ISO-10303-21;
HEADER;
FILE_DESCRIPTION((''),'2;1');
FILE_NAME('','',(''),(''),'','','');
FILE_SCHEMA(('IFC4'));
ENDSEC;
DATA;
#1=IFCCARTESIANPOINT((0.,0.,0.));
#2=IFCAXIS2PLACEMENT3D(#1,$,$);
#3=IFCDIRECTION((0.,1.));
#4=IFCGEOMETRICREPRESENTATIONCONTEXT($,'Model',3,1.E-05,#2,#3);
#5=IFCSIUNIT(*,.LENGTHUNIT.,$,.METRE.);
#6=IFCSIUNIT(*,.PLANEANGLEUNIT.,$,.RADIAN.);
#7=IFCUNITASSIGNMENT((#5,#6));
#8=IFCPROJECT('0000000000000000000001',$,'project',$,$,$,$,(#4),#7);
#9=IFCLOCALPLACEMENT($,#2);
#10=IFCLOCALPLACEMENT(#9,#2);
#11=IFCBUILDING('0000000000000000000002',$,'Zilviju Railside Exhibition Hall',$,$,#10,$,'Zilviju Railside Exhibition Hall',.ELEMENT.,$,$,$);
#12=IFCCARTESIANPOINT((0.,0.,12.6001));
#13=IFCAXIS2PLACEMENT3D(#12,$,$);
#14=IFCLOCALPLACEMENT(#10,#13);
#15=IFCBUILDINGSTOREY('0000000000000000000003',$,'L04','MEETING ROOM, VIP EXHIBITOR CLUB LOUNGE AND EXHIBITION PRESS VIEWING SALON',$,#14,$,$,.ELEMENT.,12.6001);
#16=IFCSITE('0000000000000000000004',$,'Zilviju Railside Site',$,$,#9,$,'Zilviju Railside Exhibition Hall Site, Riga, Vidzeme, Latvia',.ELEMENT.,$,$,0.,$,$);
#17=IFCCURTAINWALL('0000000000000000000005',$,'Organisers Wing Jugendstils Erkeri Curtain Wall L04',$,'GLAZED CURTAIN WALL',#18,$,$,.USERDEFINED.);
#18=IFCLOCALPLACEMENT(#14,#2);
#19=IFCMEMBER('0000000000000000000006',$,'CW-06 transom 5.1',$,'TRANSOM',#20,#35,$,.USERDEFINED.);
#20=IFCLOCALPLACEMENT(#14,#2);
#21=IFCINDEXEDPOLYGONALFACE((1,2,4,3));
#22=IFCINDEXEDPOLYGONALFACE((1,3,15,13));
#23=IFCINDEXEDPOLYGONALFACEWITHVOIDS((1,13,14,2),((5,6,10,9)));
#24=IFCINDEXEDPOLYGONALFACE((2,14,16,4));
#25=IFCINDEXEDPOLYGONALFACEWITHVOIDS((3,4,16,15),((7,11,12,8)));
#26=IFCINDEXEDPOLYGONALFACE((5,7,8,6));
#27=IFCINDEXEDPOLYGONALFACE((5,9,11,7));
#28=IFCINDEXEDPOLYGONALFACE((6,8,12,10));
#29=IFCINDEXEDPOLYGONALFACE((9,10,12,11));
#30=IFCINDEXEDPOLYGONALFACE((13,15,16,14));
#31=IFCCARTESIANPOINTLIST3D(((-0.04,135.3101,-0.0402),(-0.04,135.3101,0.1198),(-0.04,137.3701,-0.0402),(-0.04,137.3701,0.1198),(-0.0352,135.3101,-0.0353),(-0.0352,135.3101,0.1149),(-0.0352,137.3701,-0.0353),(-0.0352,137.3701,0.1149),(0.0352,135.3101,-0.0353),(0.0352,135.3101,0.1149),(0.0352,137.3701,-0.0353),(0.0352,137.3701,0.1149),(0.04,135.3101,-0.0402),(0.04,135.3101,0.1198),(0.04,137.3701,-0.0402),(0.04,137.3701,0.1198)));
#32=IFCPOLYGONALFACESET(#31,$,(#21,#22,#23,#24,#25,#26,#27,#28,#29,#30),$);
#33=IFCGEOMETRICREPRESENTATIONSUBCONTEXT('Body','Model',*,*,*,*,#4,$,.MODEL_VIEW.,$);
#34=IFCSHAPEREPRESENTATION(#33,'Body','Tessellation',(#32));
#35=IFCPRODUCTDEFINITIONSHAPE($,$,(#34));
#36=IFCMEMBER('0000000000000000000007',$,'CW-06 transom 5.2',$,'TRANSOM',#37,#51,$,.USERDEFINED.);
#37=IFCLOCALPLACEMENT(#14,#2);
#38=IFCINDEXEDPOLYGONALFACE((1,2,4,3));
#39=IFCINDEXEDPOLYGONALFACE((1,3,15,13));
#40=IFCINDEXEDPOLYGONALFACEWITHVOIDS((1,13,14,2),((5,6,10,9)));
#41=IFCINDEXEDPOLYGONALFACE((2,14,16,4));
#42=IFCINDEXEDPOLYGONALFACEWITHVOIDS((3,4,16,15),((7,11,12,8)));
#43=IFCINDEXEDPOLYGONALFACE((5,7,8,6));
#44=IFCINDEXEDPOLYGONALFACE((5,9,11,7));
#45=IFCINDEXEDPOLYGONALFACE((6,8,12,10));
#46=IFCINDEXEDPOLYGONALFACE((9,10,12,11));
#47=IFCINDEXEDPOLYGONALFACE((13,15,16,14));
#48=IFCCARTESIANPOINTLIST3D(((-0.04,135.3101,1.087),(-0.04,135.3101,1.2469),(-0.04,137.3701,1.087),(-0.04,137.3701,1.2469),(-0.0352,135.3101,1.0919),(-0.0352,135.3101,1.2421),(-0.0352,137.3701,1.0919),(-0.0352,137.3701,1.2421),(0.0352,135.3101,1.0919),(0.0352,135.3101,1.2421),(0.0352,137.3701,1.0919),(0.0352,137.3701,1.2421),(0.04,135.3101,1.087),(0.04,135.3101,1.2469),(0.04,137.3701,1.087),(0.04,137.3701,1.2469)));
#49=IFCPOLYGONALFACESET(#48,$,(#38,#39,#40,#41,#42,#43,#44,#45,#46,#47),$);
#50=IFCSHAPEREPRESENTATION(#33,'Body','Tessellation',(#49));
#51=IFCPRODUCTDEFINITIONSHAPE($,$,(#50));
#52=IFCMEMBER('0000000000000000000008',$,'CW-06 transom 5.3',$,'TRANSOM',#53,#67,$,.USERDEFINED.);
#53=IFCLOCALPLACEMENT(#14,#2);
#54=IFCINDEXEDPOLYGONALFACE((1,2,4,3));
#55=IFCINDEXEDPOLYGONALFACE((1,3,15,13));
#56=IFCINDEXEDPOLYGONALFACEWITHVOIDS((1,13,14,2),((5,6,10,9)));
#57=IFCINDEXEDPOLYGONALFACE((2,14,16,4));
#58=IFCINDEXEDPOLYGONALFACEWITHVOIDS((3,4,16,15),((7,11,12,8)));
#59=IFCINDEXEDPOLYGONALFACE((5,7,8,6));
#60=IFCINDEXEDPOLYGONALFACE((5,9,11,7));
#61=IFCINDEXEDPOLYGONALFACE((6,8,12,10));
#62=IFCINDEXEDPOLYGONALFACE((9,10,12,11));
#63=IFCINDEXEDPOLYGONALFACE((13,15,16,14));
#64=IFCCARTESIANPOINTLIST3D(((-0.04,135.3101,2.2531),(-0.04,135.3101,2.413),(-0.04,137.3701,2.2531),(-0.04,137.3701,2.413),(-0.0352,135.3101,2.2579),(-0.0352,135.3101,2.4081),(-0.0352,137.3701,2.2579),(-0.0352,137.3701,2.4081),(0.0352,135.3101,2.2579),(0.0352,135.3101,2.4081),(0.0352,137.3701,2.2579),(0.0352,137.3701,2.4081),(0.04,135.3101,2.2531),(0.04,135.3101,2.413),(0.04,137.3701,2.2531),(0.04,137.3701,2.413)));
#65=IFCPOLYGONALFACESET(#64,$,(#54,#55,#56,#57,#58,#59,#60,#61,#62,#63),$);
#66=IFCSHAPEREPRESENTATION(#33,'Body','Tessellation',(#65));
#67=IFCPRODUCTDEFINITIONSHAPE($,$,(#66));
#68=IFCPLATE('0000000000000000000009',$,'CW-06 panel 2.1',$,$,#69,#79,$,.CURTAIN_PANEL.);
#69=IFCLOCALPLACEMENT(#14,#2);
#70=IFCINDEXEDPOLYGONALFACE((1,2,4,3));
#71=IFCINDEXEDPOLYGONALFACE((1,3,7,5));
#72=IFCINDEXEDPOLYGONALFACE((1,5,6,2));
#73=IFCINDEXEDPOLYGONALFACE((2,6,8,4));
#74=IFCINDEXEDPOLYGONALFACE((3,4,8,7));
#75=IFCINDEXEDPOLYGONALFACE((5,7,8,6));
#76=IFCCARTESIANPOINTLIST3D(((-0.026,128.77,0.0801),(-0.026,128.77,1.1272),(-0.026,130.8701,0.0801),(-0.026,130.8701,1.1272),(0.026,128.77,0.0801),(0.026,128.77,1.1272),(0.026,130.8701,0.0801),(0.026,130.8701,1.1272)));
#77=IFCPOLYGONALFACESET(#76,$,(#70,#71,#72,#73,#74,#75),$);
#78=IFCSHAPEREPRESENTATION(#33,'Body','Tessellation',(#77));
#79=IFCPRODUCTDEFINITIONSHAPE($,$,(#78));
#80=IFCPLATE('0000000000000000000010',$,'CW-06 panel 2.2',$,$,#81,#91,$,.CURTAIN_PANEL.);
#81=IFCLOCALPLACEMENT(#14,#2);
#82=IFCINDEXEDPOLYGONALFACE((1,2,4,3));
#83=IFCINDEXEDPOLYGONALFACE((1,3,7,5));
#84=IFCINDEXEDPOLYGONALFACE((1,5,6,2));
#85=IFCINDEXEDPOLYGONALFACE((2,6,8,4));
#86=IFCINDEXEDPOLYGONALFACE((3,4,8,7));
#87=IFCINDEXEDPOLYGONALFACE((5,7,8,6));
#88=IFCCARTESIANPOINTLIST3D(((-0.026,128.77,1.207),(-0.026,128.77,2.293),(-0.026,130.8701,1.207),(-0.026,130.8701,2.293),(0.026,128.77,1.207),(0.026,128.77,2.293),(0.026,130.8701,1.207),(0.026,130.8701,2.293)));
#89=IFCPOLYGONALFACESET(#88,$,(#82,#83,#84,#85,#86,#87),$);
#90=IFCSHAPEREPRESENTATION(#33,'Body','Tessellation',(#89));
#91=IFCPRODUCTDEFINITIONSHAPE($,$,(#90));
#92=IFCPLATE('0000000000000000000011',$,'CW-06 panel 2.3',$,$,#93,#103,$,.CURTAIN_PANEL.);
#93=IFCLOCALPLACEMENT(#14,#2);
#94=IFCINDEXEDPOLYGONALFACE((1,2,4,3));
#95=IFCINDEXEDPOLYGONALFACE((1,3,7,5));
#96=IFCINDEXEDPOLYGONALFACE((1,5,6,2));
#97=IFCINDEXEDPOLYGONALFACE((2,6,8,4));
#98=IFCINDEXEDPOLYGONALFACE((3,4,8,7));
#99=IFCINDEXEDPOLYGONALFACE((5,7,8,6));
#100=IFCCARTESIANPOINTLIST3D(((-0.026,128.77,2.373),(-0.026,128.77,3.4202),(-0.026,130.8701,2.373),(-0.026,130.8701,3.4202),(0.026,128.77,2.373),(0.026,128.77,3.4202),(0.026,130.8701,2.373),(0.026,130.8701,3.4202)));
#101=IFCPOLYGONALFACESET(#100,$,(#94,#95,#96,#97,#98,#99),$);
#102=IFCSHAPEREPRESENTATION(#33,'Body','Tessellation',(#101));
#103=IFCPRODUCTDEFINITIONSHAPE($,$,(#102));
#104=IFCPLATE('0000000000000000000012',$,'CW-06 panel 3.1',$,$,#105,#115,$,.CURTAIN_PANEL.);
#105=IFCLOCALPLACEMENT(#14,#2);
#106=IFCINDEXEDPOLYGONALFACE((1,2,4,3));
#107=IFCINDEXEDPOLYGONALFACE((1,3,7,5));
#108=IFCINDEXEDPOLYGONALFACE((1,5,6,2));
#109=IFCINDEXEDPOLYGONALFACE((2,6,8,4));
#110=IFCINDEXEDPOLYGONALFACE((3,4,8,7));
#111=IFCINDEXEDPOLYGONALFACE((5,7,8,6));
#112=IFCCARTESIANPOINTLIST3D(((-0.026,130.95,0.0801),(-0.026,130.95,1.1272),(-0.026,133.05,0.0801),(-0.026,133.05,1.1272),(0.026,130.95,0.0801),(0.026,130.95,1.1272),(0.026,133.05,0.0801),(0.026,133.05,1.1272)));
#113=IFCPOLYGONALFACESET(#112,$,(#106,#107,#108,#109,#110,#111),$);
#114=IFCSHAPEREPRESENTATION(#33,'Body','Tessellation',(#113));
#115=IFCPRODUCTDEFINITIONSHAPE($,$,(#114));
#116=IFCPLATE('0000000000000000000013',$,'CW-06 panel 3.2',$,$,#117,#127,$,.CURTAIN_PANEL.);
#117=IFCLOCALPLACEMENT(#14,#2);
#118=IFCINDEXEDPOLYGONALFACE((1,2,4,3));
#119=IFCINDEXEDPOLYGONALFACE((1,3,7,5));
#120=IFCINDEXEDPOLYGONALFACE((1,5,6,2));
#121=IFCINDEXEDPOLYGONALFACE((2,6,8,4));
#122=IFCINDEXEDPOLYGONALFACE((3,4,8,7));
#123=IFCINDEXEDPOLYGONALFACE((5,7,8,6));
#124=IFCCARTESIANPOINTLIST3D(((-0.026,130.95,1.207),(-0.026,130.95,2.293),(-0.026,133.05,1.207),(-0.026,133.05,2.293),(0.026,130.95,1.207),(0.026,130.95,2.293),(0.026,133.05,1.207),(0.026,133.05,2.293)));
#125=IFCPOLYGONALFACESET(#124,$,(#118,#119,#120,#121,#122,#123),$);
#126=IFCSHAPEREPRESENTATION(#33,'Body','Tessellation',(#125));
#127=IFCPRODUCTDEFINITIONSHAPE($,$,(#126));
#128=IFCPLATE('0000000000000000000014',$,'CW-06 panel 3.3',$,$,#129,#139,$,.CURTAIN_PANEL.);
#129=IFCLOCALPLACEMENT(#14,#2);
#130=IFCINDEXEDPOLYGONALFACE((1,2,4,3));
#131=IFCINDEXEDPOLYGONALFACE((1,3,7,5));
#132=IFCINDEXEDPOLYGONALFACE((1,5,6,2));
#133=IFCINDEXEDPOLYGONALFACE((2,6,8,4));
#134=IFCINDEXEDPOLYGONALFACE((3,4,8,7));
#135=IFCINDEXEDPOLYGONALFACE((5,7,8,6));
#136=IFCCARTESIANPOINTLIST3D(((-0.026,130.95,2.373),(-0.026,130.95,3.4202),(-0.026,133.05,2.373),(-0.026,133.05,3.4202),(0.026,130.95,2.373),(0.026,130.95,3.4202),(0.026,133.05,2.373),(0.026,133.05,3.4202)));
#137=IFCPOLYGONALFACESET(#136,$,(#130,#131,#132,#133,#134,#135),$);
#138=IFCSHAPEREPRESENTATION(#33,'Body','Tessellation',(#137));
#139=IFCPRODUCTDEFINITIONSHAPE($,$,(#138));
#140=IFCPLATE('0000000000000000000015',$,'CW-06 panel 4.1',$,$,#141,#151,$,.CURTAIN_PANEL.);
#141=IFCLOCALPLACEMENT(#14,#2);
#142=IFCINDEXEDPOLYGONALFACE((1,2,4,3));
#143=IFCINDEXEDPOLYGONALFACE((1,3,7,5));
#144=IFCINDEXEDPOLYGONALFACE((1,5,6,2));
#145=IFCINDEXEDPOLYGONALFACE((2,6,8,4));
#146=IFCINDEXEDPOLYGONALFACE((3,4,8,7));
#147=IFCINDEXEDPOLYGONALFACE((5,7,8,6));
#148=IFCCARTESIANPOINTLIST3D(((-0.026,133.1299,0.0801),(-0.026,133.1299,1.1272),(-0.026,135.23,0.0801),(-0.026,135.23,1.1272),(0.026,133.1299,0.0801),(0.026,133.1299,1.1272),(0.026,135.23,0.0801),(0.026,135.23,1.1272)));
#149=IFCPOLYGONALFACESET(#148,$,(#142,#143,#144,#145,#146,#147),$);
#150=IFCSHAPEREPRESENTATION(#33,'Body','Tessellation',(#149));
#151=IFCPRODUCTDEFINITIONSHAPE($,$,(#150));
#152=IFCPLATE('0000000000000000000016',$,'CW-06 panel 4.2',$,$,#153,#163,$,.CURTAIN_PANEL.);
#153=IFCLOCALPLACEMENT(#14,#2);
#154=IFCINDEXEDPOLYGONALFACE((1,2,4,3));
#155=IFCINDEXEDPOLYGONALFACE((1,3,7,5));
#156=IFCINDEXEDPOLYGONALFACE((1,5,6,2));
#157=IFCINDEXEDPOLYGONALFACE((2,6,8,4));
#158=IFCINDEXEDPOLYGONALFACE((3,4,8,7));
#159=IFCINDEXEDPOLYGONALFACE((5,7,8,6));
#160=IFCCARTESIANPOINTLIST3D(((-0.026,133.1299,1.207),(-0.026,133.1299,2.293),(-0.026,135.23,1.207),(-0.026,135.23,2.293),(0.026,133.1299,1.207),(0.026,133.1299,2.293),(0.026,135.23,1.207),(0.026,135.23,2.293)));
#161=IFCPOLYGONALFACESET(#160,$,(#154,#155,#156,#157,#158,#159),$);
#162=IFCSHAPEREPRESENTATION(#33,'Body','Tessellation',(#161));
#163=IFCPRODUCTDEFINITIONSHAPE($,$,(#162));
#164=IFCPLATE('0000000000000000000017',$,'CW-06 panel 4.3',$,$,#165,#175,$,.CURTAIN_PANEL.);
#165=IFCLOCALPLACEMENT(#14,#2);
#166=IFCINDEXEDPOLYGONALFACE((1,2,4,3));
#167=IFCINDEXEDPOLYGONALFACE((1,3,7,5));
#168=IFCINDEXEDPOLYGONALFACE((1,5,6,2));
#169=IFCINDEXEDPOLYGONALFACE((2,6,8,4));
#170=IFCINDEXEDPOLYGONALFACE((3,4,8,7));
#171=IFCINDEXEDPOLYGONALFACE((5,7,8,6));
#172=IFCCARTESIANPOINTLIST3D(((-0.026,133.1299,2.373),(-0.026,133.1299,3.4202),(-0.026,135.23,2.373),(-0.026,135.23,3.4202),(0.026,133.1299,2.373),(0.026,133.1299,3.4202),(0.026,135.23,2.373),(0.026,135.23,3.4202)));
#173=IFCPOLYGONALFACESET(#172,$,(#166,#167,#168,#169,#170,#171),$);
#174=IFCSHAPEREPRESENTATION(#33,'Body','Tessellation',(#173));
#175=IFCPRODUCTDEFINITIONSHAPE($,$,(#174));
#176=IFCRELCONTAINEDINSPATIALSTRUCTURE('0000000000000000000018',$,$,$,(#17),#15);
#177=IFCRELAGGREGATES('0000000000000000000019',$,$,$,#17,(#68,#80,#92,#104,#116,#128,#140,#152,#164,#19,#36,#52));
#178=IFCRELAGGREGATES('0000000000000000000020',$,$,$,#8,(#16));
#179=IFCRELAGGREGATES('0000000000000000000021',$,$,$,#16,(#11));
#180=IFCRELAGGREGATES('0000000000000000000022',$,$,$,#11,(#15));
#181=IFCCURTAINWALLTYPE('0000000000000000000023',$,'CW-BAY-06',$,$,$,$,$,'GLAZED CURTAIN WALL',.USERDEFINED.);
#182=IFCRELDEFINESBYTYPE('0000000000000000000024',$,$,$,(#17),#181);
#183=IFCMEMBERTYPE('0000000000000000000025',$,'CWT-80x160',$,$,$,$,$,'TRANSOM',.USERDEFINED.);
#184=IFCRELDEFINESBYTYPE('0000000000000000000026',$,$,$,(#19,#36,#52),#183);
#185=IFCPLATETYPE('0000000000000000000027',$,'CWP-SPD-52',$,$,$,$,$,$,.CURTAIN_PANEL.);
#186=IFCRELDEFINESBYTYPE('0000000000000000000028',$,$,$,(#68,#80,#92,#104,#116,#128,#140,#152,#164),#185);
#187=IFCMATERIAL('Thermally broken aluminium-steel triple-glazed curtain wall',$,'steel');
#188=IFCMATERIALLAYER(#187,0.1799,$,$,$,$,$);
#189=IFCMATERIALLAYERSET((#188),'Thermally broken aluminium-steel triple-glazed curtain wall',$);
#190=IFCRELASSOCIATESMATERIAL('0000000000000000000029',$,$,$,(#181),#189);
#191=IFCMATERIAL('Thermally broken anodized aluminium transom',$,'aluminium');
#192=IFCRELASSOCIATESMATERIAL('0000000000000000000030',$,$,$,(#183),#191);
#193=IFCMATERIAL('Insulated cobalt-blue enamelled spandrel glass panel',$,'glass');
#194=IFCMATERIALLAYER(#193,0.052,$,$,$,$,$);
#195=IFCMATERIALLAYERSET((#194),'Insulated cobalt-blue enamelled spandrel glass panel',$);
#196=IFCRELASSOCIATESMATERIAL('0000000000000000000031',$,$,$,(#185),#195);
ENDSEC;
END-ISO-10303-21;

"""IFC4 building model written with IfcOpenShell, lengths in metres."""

from ifc_helpers import new_model, si_unit, direction, frame, origin, origin_2d, place, context, subcontext, project, spatial, rectangle, hollow_rectangle, extrude, material, layer, layer_set, material_profile, profile_set, type_object, element, aggregate, save


model = new_model("IFC4")

# Units and contexts
model_context = context("Model", 3, precision=1e-05, world=origin(), true_north=direction((0.0, 1.0)))
body_context = subcontext(model_context, "Body", "Model", "MODEL_VIEW")
ifc_project = project(units=[si_unit("LENGTHUNIT", "METRE"), si_unit("PLANEANGLEUNIT", "RADIAN")], contexts=[model_context])

# Site, building, storey
site_placement = place(None, origin())
site = spatial("IfcSite", under=ifc_project, at=site_placement, Name="Zilviju Railside Site", LongName="Zilviju Railside Exhibition Hall Site, Riga, Vidzeme, Latvia", CompositionType="ELEMENT", RefElevation=0.0)
building_placement = place(site_placement, origin())
building = spatial("IfcBuilding", under=site, at=building_placement, Name="Zilviju Railside Exhibition Hall", LongName="Zilviju Railside Exhibition Hall", CompositionType="ELEMENT")
storey_placement = place(building_placement, frame((0.0, 0.0, 12.6001)))
storey = spatial("IfcBuildingStorey", under=building, at=storey_placement, Name="L04", Description="MEETING ROOM, VIP EXHIBITOR CLUB LOUNGE AND EXHIBITION PRESS VIEWING SALON", CompositionType="ELEMENT", Elevation=12.6001)

# Curtain wall, members, plates
ifc_material_1 = material(Name="Thermally broken aluminium-steel triple-glazed curtain wall", Category="steel")
ifc_layer_1 = layer(ifc_material_1, 0.1799)
ifc_layer_set_1 = layer_set([ifc_layer_1], Name="Thermally broken aluminium-steel triple-glazed curtain wall")
curtain_wall_type = type_object("IfcCurtainWallType", Name="CW-BAY-06", ElementType="GLAZED CURTAIN WALL", PredefinedType="USERDEFINED", material=ifc_layer_set_1)
curtain_wall_placement = place(storey_placement, origin())
curtain_wall = element("IfcCurtainWall", 1, at=curtain_wall_placement, inside=storey, type_object=curtain_wall_type, Name="Organisers Wing Jugendstils Erkeri Curtain Wall L04", ObjectType="GLAZED CURTAIN WALL", PredefinedType="USERDEFINED")
ifc_material_2 = material(Name="Thermally broken anodized aluminium transom", Category="aluminium")
ifc_material_profile_1 = material_profile(ifc_material_2, hollow_rectangle(XDim=0.0801, YDim=0.1599, WallThickness=0.0049, at=origin_2d()), Name="TRANSOM 160x80x5")
ifc_profile_set_1 = profile_set([ifc_material_profile_1], Name="Thermally broken anodized aluminium transom")
member_type_1 = type_object("IfcMemberType", Name="CWT-80x160", ElementType="TRANSOM", PredefinedType="USERDEFINED", material=ifc_profile_set_1)
member_1_placement = place(storey_placement, frame((0.0, 135.3101, 0.0398), z_axis=(0.0, 1.0, 0.0), x_axis=(-1.0, 0.0, 0.0)))
member_1 = element("IfcMember", 2, at=member_1_placement, type_object=member_type_1, Name="CW-06 transom 5.1", ObjectType="TRANSOM", PredefinedType="USERDEFINED", context=body_context, shape_type="SweptSolid", body=[
    extrude(hollow_rectangle(XDim=0.0801, YDim=0.1599, WallThickness=0.0049, at=origin_2d()), origin(), (0.0, 0.0, 1.0), 2.0601),
])
member_2_placement = place(storey_placement, frame((0.0, 135.3101, 1.167), z_axis=(0.0, 1.0, 0.0), x_axis=(-1.0, 0.0, 0.0)))
member_2 = element("IfcMember", 3, at=member_2_placement, type_object=member_type_1, Name="CW-06 transom 5.2", ObjectType="TRANSOM", PredefinedType="USERDEFINED", context=body_context, shape_type="SweptSolid", body=[
    extrude(hollow_rectangle(XDim=0.0801, YDim=0.1599, WallThickness=0.0049, at=origin_2d()), origin(), (0.0, 0.0, 1.0), 2.0601),
])
member_3_placement = place(storey_placement, frame((0.0, 135.3101, 2.333), z_axis=(0.0, 1.0, 0.0), x_axis=(-1.0, 0.0, 0.0)))
member_3 = element("IfcMember", 4, at=member_3_placement, type_object=member_type_1, Name="CW-06 transom 5.3", ObjectType="TRANSOM", PredefinedType="USERDEFINED", context=body_context, shape_type="SweptSolid", body=[
    extrude(hollow_rectangle(XDim=0.0801, YDim=0.1599, WallThickness=0.0049, at=origin_2d()), origin(), (0.0, 0.0, 1.0), 2.0601),
])
ifc_material_3 = material(Name="Insulated cobalt-blue enamelled spandrel glass panel", Category="glass")
ifc_layer_2 = layer(ifc_material_3, 0.052)
ifc_layer_set_2 = layer_set([ifc_layer_2], Name="Insulated cobalt-blue enamelled spandrel glass panel")
plate_type = type_object("IfcPlateType", Name="CWP-SPD-52", PredefinedType="CURTAIN_PANEL", material=ifc_layer_set_2)
plate_1_placement = place(storey_placement, frame((0.0, 129.8201, 0.0801), z_axis=(0.0, 0.0, 1.0), x_axis=(0.0, 1.0, 0.0)))
plate_1 = element("IfcPlate", 5, at=plate_1_placement, type_object=plate_type, Name="CW-06 panel 2.1", PredefinedType="CURTAIN_PANEL", context=body_context, shape_type="SweptSolid", body=[
    extrude(rectangle(XDim=2.1001, YDim=0.052, at=origin_2d()), origin(), (0.0, 0.0, 1.0), 1.0471),
])
plate_2_placement = place(storey_placement, frame((0.0, 129.8201, 1.207), z_axis=(0.0, 0.0, 1.0), x_axis=(0.0, 1.0, 0.0)))
plate_2 = element("IfcPlate", 6, at=plate_2_placement, type_object=plate_type, Name="CW-06 panel 2.2", PredefinedType="CURTAIN_PANEL", context=body_context, shape_type="SweptSolid", body=[
    extrude(rectangle(XDim=2.1001, YDim=0.052, at=origin_2d()), origin(), (0.0, 0.0, 1.0), 1.0859),
])
plate_3_placement = place(storey_placement, frame((0.0, 129.8201, 2.373), z_axis=(0.0, 0.0, 1.0), x_axis=(0.0, 1.0, 0.0)))
plate_3 = element("IfcPlate", 7, at=plate_3_placement, type_object=plate_type, Name="CW-06 panel 2.3", PredefinedType="CURTAIN_PANEL", context=body_context, shape_type="SweptSolid", body=[
    extrude(rectangle(XDim=2.1001, YDim=0.052, at=origin_2d()), origin(), (0.0, 0.0, 1.0), 1.0471),
])
plate_4_placement = place(storey_placement, frame((0.0, 132.0, 0.0801), z_axis=(0.0, 0.0, 1.0), x_axis=(0.0, 1.0, 0.0)))
plate_4 = element("IfcPlate", 8, at=plate_4_placement, type_object=plate_type, Name="CW-06 panel 3.1", PredefinedType="CURTAIN_PANEL", context=body_context, shape_type="SweptSolid", body=[
    extrude(rectangle(XDim=2.1001, YDim=0.052, at=origin_2d()), origin(), (0.0, 0.0, 1.0), 1.0471),
])
plate_5_placement = place(storey_placement, frame((0.0, 132.0, 1.207), z_axis=(0.0, 0.0, 1.0), x_axis=(0.0, 1.0, 0.0)))
plate_5 = element("IfcPlate", 9, at=plate_5_placement, type_object=plate_type, Name="CW-06 panel 3.2", PredefinedType="CURTAIN_PANEL", context=body_context, shape_type="SweptSolid", body=[
    extrude(rectangle(XDim=2.1001, YDim=0.052, at=origin_2d()), origin(), (0.0, 0.0, 1.0), 1.0859),
])
plate_6_placement = place(storey_placement, frame((0.0, 132.0, 2.373), z_axis=(0.0, 0.0, 1.0), x_axis=(0.0, 1.0, 0.0)))
plate_6 = element("IfcPlate", 10, at=plate_6_placement, type_object=plate_type, Name="CW-06 panel 3.3", PredefinedType="CURTAIN_PANEL", context=body_context, shape_type="SweptSolid", body=[
    extrude(rectangle(XDim=2.1001, YDim=0.052, at=origin_2d()), origin(), (0.0, 0.0, 1.0), 1.0471),
])
plate_7_placement = place(storey_placement, frame((0.0, 134.1799, 0.0801), z_axis=(0.0, 0.0, 1.0), x_axis=(0.0, 1.0, 0.0)))
plate_7 = element("IfcPlate", 11, at=plate_7_placement, type_object=plate_type, Name="CW-06 panel 4.1", PredefinedType="CURTAIN_PANEL", context=body_context, shape_type="SweptSolid", body=[
    extrude(rectangle(XDim=2.1001, YDim=0.052, at=origin_2d()), origin(), (0.0, 0.0, 1.0), 1.0471),
])
plate_8_placement = place(storey_placement, frame((0.0, 134.1799, 1.207), z_axis=(0.0, 0.0, 1.0), x_axis=(0.0, 1.0, 0.0)))
plate_8 = element("IfcPlate", 12, at=plate_8_placement, type_object=plate_type, Name="CW-06 panel 4.2", PredefinedType="CURTAIN_PANEL", context=body_context, shape_type="SweptSolid", body=[
    extrude(rectangle(XDim=2.1001, YDim=0.052, at=origin_2d()), origin(), (0.0, 0.0, 1.0), 1.0859),
])
plate_9_placement = place(storey_placement, frame((0.0, 134.1799, 2.373), z_axis=(0.0, 0.0, 1.0), x_axis=(0.0, 1.0, 0.0)))
plate_9 = element("IfcPlate", 13, at=plate_9_placement, type_object=plate_type, Name="CW-06 panel 4.3", PredefinedType="CURTAIN_PANEL", context=body_context, shape_type="SweptSolid", body=[
    extrude(rectangle(XDim=2.1001, YDim=0.052, at=origin_2d()), origin(), (0.0, 0.0, 1.0), 1.0471),
])
aggregate(curtain_wall, [plate_1, plate_2, plate_3, plate_4, plate_5, plate_6, plate_7, plate_8, plate_9, member_1, member_2, member_3])

save(model, "model.ifc")
